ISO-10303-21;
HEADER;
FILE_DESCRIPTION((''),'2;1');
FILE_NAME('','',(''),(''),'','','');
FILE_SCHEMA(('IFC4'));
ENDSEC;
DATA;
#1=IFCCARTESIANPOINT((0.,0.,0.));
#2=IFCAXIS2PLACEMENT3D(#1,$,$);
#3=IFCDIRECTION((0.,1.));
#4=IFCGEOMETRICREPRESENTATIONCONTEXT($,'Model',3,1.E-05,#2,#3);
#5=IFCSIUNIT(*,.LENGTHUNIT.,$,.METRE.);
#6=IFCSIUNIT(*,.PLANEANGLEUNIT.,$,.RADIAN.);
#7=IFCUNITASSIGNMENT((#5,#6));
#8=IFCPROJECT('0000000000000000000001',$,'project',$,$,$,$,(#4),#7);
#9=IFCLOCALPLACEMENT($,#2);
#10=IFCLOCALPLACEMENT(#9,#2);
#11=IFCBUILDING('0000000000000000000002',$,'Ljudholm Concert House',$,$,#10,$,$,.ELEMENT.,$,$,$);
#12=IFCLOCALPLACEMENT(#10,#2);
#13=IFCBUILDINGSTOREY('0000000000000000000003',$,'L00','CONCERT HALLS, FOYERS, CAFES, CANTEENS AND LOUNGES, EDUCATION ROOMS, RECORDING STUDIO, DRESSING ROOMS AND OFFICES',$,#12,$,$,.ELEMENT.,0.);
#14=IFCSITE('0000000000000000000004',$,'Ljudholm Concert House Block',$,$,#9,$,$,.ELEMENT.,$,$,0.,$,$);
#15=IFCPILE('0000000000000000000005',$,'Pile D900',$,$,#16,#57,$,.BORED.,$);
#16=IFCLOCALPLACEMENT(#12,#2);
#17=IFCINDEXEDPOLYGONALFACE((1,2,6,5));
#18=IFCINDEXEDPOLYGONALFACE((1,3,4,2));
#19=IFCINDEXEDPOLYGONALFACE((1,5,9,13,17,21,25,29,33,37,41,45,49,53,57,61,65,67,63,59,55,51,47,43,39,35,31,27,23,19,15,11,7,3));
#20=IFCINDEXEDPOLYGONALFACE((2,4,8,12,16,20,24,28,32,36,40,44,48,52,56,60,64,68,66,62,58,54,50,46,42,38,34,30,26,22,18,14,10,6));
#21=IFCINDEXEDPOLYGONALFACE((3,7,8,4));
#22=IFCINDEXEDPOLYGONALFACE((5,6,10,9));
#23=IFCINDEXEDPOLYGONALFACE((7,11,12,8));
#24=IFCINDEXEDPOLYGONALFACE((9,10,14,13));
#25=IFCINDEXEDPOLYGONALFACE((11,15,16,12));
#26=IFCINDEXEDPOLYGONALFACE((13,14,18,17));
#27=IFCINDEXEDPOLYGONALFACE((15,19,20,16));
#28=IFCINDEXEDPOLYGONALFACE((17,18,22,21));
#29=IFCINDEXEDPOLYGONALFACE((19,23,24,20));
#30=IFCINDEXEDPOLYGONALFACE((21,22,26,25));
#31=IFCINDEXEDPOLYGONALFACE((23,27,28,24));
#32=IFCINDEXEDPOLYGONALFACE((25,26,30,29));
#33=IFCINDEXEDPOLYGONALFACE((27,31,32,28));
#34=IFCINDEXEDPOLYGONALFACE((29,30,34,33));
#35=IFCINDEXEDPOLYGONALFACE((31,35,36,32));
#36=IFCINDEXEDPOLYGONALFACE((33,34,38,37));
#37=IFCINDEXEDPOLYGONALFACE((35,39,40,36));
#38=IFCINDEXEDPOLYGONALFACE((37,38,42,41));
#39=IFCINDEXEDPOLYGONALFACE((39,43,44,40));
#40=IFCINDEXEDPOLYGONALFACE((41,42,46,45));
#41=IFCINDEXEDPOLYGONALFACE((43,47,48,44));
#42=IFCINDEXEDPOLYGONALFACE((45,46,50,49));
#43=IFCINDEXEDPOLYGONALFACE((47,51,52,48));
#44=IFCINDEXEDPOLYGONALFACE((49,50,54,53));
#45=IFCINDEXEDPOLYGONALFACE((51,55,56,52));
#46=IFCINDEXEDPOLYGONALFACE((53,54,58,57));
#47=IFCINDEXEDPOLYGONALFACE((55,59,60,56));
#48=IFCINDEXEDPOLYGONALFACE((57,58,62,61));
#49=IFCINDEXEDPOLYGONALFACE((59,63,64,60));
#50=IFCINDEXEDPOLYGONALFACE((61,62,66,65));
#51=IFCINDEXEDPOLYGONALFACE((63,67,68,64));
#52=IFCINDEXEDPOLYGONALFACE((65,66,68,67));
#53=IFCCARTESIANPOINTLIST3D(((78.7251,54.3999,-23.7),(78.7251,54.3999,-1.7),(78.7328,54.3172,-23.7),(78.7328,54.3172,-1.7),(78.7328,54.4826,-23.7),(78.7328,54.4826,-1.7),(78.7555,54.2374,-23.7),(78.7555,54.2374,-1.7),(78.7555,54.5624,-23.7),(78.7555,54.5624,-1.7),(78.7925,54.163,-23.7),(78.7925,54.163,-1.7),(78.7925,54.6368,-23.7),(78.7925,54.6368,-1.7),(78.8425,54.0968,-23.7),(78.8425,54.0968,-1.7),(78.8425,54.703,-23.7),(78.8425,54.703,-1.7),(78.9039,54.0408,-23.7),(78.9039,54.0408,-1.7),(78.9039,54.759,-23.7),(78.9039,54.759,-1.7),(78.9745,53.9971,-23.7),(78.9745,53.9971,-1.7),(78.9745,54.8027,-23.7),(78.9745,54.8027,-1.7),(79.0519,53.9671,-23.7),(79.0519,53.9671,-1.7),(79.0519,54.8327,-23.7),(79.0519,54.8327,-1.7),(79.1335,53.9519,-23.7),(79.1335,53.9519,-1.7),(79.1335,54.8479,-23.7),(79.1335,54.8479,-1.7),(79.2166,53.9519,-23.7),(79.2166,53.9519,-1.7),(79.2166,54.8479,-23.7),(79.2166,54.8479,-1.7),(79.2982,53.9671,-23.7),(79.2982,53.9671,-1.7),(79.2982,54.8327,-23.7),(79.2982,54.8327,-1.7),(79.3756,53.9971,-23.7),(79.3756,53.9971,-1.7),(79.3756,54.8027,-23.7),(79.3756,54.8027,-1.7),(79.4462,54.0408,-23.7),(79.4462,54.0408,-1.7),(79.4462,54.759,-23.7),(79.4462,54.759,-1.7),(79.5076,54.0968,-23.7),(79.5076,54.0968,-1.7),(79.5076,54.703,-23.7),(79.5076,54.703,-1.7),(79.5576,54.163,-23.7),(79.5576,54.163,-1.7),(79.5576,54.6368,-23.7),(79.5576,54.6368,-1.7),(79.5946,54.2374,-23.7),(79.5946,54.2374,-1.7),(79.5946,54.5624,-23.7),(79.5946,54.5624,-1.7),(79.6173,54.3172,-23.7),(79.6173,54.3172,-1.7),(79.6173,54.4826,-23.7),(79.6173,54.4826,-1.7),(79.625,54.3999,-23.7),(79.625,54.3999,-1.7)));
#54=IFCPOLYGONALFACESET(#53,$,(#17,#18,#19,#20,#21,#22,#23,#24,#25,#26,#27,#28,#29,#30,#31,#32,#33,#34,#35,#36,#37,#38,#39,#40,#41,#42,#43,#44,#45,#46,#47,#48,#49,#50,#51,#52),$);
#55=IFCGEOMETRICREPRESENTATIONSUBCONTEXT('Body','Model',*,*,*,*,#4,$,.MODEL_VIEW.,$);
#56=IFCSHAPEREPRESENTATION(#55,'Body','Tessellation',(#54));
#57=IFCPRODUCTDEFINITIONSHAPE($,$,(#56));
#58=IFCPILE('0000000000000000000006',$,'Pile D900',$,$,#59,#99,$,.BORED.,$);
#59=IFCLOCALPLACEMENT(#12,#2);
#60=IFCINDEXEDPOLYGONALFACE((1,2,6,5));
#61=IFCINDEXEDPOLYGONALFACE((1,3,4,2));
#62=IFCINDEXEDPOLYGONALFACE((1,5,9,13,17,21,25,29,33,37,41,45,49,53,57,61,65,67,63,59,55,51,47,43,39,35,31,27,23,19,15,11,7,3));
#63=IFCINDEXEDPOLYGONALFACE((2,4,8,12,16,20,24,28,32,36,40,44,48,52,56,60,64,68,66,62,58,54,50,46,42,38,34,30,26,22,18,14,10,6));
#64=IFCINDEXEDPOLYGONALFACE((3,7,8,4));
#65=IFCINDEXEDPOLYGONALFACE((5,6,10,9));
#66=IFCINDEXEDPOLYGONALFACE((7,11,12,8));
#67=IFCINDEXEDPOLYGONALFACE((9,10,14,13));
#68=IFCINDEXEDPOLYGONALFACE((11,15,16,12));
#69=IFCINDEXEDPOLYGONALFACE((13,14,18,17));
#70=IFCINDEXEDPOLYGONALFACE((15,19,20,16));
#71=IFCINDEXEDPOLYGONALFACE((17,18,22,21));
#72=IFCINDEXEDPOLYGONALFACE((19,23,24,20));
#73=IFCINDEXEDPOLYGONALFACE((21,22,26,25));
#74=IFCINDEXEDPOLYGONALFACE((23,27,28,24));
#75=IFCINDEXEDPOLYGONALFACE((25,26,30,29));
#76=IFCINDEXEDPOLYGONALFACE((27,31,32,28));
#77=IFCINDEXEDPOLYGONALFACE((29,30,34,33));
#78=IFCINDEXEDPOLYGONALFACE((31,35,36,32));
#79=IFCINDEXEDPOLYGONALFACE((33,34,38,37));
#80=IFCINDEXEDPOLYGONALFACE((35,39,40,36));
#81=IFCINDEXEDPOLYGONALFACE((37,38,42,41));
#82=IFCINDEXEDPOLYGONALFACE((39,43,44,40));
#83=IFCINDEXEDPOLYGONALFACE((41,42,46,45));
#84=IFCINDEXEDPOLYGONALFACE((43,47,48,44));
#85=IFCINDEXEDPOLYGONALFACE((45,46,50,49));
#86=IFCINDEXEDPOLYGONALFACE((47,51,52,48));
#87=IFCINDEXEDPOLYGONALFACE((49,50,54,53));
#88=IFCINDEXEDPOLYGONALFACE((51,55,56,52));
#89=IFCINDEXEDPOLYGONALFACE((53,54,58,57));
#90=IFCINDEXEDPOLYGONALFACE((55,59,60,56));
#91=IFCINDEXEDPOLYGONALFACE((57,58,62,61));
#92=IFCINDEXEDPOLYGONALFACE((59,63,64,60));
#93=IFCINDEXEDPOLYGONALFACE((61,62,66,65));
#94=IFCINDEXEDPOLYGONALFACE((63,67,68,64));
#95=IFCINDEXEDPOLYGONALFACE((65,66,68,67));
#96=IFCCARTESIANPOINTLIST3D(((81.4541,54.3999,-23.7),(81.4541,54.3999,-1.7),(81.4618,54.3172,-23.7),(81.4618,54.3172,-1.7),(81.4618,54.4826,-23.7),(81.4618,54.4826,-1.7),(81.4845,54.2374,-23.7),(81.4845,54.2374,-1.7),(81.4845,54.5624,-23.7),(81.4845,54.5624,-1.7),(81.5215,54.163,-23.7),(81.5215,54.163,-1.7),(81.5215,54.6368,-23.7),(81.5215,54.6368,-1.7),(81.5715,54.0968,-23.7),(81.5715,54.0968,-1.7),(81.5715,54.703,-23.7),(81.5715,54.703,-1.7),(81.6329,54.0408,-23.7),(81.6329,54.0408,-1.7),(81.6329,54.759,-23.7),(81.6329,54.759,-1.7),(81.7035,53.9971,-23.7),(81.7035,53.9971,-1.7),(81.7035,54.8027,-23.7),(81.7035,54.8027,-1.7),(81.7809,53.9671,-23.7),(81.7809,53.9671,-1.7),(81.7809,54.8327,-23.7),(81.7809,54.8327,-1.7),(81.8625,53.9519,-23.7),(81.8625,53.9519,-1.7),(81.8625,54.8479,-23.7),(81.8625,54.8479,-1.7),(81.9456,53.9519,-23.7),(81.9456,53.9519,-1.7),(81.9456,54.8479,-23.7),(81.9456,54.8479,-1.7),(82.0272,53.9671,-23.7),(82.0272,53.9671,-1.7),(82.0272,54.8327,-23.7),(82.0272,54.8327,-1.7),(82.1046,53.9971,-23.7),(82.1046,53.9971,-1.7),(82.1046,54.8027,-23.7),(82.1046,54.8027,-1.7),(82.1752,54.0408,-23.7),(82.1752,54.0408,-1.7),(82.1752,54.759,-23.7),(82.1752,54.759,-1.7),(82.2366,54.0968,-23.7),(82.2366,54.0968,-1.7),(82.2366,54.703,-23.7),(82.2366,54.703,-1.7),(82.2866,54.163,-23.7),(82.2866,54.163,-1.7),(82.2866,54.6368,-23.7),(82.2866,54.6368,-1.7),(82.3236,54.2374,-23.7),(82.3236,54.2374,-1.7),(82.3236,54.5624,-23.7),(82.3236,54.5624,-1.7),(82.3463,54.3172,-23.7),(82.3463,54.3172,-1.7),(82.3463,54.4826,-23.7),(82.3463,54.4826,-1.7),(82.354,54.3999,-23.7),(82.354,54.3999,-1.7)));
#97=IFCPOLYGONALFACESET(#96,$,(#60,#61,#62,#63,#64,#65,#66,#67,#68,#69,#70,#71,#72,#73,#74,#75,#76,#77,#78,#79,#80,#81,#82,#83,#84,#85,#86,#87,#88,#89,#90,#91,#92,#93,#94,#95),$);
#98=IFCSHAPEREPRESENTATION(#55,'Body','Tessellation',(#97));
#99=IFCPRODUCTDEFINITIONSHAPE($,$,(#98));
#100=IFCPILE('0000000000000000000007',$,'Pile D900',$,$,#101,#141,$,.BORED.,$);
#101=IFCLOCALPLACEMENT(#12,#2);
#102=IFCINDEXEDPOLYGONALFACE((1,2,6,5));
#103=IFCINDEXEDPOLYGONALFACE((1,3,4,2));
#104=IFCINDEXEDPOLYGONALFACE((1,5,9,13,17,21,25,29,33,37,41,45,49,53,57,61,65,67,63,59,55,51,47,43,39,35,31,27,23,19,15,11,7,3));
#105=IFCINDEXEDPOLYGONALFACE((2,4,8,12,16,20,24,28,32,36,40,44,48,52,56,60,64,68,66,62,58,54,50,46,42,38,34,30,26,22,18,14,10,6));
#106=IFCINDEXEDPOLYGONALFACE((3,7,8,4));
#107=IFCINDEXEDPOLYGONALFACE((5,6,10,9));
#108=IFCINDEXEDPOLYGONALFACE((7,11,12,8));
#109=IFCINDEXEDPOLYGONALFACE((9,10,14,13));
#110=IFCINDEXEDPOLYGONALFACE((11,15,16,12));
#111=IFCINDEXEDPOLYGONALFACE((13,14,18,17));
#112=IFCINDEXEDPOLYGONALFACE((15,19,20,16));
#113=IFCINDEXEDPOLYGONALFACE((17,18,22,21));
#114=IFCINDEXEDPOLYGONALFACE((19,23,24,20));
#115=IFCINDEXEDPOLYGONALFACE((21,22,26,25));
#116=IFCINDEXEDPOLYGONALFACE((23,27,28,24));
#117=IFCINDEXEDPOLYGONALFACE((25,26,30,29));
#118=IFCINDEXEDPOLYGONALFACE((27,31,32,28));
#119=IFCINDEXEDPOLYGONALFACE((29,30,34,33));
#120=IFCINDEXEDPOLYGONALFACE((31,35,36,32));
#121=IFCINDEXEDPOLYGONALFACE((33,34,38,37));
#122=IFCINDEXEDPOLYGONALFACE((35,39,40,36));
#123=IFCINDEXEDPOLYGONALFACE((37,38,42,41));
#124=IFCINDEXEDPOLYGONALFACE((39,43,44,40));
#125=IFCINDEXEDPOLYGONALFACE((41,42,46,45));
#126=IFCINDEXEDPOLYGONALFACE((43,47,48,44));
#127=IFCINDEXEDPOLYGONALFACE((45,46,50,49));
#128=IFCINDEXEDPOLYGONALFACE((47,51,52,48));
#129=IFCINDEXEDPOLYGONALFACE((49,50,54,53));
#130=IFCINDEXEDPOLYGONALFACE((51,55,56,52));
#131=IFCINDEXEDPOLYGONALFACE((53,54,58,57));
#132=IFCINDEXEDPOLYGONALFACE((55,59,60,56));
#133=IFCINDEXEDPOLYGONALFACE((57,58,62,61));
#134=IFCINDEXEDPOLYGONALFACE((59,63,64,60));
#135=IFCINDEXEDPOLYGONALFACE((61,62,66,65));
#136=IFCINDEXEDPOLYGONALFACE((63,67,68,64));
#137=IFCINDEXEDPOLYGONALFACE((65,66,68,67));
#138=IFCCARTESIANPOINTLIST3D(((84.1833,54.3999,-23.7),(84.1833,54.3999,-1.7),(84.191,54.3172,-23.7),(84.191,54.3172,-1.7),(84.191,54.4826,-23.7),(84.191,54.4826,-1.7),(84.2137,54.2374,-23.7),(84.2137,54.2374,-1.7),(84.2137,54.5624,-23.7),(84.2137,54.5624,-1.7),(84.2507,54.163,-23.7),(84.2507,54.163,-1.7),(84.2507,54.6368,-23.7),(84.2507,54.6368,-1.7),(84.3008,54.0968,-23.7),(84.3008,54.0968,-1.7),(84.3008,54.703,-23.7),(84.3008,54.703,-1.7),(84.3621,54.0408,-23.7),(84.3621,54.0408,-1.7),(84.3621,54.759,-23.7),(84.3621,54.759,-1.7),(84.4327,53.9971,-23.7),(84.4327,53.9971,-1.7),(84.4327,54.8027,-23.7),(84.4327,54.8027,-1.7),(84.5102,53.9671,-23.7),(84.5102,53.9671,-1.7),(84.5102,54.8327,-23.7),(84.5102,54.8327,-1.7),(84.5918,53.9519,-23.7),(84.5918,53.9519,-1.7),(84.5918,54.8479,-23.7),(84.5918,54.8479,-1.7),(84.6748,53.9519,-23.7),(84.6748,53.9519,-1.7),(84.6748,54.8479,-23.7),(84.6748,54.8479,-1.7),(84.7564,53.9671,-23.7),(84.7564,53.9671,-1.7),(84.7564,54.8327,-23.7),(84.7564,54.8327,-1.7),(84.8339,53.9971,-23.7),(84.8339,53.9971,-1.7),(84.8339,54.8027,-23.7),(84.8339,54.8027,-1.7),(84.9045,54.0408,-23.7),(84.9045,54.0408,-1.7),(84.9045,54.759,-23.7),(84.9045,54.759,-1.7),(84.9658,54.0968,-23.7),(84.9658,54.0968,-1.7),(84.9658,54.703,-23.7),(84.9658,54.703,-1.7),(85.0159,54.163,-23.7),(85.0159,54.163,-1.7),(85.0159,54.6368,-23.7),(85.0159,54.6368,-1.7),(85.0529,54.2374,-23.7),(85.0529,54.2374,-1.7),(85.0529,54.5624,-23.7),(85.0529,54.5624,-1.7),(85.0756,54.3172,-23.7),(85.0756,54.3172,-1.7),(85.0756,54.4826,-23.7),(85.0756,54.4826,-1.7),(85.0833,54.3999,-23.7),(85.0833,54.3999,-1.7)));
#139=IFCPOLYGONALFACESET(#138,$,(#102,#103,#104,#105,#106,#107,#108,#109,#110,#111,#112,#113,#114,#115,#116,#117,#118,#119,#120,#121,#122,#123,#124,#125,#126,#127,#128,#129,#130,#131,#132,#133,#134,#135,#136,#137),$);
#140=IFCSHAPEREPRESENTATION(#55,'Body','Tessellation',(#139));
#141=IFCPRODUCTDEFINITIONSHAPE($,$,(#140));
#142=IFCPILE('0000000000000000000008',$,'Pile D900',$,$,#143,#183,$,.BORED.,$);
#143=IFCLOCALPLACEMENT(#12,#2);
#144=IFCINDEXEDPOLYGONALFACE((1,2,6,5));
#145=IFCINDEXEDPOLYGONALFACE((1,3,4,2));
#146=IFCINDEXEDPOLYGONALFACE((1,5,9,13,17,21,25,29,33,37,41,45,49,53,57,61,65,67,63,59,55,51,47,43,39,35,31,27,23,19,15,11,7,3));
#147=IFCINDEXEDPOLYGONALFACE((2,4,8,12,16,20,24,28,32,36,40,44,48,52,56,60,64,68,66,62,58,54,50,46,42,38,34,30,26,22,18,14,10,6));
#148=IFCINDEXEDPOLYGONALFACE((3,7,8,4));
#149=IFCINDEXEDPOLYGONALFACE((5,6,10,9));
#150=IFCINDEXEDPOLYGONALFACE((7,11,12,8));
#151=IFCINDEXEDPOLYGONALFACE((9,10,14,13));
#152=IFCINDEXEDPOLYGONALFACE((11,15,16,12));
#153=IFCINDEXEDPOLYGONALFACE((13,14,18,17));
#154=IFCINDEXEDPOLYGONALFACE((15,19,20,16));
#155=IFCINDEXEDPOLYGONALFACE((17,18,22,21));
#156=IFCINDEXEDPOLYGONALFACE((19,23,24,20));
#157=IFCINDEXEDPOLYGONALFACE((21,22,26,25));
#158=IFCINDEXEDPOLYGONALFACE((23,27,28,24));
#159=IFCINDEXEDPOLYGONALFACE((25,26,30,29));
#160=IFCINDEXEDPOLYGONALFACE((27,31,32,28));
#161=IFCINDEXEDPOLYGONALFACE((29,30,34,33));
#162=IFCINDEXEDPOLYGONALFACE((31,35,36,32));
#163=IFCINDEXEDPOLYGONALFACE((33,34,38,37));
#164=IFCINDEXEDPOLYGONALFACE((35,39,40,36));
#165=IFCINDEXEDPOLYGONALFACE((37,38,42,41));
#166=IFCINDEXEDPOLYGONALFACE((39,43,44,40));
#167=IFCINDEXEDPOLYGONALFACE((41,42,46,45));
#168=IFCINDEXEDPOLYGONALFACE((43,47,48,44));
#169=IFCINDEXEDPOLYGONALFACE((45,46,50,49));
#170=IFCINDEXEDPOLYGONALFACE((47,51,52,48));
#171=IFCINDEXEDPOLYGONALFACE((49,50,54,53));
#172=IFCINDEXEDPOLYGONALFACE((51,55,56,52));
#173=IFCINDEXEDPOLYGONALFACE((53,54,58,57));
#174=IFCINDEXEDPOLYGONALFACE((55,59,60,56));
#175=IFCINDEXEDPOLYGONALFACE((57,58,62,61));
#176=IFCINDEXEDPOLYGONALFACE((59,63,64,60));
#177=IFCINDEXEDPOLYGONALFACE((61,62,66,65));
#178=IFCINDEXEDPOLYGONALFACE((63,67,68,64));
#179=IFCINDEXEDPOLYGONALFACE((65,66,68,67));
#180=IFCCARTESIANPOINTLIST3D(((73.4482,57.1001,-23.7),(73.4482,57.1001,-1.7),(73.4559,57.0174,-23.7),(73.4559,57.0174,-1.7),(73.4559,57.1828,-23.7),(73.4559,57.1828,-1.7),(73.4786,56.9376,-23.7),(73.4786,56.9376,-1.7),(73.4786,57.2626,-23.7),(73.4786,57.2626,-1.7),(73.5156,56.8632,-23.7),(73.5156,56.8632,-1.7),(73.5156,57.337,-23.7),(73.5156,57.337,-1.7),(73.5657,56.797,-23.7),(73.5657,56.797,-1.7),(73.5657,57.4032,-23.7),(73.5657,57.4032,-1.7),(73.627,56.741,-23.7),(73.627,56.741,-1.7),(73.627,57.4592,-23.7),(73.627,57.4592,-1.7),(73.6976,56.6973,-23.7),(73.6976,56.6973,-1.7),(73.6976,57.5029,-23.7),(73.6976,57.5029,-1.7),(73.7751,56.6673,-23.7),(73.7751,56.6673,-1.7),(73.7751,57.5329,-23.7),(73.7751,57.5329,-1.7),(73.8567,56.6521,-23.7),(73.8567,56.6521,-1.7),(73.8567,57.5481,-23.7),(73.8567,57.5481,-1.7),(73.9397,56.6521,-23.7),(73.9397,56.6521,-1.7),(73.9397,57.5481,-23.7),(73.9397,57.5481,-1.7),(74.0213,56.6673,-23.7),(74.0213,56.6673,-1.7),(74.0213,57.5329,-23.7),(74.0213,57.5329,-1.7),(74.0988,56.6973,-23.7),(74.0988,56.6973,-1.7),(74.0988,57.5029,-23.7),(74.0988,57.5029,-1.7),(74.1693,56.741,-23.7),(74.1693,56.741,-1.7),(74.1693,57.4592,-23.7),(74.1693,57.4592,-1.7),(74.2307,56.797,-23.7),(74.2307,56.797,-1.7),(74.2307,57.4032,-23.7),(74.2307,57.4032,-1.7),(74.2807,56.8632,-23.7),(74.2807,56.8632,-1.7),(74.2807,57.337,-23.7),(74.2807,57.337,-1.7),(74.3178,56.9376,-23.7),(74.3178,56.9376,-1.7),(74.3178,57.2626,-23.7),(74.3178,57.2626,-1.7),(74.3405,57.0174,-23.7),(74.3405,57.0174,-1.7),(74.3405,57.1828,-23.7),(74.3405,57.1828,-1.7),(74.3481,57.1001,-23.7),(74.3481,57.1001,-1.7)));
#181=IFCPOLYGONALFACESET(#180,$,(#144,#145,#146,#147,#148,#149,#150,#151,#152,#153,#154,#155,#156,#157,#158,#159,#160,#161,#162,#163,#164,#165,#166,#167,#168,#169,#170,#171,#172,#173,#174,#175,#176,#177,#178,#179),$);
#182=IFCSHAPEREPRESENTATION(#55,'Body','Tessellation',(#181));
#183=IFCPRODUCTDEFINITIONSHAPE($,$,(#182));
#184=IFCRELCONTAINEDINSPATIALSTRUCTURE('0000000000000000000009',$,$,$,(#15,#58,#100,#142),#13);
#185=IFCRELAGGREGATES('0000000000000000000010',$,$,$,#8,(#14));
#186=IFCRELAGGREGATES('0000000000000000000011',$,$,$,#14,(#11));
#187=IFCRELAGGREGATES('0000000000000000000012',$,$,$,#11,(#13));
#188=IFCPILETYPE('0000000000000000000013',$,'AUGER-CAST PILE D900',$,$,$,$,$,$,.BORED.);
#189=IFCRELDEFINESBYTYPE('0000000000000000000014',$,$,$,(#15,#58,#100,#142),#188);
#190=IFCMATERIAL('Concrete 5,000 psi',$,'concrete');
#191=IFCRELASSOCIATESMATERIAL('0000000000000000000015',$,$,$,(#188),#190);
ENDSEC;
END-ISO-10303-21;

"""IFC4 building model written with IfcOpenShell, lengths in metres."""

from ifc_helpers import new_model, si_unit, direction, frame, origin, origin_2d, place, context, subcontext, project, spatial, circle, extrude, material, material_profile, profile_set, type_object, element, save


model = new_model("IFC4")

# Units and contexts
model_context = context("Model", 3, precision=1e-05, world=origin(), true_north=direction((0.0, 1.0)))
body_context = subcontext(model_context, "Body", "Model", "MODEL_VIEW")
ifc_project = project(units=[si_unit("LENGTHUNIT", "METRE"), si_unit("PLANEANGLEUNIT", "RADIAN")], contexts=[model_context])

# Site, building, storey
site_placement = place(None, origin())
site = spatial("IfcSite", under=ifc_project, at=site_placement, Name="Ljudholm Concert House Block", CompositionType="ELEMENT", RefElevation=0.0)
building_placement = place(site_placement, origin())
building = spatial("IfcBuilding", under=site, at=building_placement, Name="Ljudholm Concert House", CompositionType="ELEMENT")
storey_placement = place(building_placement, origin())
storey = spatial("IfcBuildingStorey", under=building, at=storey_placement, Name="L00", Description="CONCERT HALLS, FOYERS, CAFES, CANTEENS AND LOUNGES, EDUCATION ROOMS, RECORDING STUDIO, DRESSING ROOMS AND OFFICES", CompositionType="ELEMENT", Elevation=0.0)

# Piles
ifc_material_1 = material(Name="Concrete 5,000 psi", Category="concrete")
ifc_material_profile_1 = material_profile(ifc_material_1, circle(Radius=0.45, at=origin_2d()), Name="AUGER-CAST PILE D900")
ifc_profile_set_1 = profile_set([ifc_material_profile_1], Name="Concrete 5,000 psi")
pile_type_1 = type_object("IfcPileType", Name="AUGER-CAST PILE D900", PredefinedType="BORED", material=ifc_profile_set_1)
for number, where, z_axis, x_axis, name in (
    (1, (79.175, 54.3999, -1.7), (0.0, 0.0, -1.0), (1.0, 0.0, 0.0), "Pile D900"),
    (2, (81.9041, 54.3999, -1.7), (0.0, 0.0, -1.0), (1.0, 0.0, 0.0), "Pile D900"),
    (3, (84.6333, 54.3999, -1.7), (0.0, 0.0, -1.0), (1.0, 0.0, 0.0), "Pile D900"),
    (4, (73.8982, 57.1001, -1.7), (0.0, 0.0, -1.0), (1.0, 0.0, 0.0), "Pile D900"),
):
    element("IfcPile", number, at=place(storey_placement, frame(where, z_axis=z_axis, x_axis=x_axis)), inside=storey, type_object=pile_type_1, Name=name, PredefinedType="BORED", context=body_context, shape_type="SweptSolid", body=[
        extrude(circle(Radius=0.45, at=origin_2d()), origin(), (0.0, 0.0, 1.0), 22.0),
    ])

save(model, "model.ifc")
